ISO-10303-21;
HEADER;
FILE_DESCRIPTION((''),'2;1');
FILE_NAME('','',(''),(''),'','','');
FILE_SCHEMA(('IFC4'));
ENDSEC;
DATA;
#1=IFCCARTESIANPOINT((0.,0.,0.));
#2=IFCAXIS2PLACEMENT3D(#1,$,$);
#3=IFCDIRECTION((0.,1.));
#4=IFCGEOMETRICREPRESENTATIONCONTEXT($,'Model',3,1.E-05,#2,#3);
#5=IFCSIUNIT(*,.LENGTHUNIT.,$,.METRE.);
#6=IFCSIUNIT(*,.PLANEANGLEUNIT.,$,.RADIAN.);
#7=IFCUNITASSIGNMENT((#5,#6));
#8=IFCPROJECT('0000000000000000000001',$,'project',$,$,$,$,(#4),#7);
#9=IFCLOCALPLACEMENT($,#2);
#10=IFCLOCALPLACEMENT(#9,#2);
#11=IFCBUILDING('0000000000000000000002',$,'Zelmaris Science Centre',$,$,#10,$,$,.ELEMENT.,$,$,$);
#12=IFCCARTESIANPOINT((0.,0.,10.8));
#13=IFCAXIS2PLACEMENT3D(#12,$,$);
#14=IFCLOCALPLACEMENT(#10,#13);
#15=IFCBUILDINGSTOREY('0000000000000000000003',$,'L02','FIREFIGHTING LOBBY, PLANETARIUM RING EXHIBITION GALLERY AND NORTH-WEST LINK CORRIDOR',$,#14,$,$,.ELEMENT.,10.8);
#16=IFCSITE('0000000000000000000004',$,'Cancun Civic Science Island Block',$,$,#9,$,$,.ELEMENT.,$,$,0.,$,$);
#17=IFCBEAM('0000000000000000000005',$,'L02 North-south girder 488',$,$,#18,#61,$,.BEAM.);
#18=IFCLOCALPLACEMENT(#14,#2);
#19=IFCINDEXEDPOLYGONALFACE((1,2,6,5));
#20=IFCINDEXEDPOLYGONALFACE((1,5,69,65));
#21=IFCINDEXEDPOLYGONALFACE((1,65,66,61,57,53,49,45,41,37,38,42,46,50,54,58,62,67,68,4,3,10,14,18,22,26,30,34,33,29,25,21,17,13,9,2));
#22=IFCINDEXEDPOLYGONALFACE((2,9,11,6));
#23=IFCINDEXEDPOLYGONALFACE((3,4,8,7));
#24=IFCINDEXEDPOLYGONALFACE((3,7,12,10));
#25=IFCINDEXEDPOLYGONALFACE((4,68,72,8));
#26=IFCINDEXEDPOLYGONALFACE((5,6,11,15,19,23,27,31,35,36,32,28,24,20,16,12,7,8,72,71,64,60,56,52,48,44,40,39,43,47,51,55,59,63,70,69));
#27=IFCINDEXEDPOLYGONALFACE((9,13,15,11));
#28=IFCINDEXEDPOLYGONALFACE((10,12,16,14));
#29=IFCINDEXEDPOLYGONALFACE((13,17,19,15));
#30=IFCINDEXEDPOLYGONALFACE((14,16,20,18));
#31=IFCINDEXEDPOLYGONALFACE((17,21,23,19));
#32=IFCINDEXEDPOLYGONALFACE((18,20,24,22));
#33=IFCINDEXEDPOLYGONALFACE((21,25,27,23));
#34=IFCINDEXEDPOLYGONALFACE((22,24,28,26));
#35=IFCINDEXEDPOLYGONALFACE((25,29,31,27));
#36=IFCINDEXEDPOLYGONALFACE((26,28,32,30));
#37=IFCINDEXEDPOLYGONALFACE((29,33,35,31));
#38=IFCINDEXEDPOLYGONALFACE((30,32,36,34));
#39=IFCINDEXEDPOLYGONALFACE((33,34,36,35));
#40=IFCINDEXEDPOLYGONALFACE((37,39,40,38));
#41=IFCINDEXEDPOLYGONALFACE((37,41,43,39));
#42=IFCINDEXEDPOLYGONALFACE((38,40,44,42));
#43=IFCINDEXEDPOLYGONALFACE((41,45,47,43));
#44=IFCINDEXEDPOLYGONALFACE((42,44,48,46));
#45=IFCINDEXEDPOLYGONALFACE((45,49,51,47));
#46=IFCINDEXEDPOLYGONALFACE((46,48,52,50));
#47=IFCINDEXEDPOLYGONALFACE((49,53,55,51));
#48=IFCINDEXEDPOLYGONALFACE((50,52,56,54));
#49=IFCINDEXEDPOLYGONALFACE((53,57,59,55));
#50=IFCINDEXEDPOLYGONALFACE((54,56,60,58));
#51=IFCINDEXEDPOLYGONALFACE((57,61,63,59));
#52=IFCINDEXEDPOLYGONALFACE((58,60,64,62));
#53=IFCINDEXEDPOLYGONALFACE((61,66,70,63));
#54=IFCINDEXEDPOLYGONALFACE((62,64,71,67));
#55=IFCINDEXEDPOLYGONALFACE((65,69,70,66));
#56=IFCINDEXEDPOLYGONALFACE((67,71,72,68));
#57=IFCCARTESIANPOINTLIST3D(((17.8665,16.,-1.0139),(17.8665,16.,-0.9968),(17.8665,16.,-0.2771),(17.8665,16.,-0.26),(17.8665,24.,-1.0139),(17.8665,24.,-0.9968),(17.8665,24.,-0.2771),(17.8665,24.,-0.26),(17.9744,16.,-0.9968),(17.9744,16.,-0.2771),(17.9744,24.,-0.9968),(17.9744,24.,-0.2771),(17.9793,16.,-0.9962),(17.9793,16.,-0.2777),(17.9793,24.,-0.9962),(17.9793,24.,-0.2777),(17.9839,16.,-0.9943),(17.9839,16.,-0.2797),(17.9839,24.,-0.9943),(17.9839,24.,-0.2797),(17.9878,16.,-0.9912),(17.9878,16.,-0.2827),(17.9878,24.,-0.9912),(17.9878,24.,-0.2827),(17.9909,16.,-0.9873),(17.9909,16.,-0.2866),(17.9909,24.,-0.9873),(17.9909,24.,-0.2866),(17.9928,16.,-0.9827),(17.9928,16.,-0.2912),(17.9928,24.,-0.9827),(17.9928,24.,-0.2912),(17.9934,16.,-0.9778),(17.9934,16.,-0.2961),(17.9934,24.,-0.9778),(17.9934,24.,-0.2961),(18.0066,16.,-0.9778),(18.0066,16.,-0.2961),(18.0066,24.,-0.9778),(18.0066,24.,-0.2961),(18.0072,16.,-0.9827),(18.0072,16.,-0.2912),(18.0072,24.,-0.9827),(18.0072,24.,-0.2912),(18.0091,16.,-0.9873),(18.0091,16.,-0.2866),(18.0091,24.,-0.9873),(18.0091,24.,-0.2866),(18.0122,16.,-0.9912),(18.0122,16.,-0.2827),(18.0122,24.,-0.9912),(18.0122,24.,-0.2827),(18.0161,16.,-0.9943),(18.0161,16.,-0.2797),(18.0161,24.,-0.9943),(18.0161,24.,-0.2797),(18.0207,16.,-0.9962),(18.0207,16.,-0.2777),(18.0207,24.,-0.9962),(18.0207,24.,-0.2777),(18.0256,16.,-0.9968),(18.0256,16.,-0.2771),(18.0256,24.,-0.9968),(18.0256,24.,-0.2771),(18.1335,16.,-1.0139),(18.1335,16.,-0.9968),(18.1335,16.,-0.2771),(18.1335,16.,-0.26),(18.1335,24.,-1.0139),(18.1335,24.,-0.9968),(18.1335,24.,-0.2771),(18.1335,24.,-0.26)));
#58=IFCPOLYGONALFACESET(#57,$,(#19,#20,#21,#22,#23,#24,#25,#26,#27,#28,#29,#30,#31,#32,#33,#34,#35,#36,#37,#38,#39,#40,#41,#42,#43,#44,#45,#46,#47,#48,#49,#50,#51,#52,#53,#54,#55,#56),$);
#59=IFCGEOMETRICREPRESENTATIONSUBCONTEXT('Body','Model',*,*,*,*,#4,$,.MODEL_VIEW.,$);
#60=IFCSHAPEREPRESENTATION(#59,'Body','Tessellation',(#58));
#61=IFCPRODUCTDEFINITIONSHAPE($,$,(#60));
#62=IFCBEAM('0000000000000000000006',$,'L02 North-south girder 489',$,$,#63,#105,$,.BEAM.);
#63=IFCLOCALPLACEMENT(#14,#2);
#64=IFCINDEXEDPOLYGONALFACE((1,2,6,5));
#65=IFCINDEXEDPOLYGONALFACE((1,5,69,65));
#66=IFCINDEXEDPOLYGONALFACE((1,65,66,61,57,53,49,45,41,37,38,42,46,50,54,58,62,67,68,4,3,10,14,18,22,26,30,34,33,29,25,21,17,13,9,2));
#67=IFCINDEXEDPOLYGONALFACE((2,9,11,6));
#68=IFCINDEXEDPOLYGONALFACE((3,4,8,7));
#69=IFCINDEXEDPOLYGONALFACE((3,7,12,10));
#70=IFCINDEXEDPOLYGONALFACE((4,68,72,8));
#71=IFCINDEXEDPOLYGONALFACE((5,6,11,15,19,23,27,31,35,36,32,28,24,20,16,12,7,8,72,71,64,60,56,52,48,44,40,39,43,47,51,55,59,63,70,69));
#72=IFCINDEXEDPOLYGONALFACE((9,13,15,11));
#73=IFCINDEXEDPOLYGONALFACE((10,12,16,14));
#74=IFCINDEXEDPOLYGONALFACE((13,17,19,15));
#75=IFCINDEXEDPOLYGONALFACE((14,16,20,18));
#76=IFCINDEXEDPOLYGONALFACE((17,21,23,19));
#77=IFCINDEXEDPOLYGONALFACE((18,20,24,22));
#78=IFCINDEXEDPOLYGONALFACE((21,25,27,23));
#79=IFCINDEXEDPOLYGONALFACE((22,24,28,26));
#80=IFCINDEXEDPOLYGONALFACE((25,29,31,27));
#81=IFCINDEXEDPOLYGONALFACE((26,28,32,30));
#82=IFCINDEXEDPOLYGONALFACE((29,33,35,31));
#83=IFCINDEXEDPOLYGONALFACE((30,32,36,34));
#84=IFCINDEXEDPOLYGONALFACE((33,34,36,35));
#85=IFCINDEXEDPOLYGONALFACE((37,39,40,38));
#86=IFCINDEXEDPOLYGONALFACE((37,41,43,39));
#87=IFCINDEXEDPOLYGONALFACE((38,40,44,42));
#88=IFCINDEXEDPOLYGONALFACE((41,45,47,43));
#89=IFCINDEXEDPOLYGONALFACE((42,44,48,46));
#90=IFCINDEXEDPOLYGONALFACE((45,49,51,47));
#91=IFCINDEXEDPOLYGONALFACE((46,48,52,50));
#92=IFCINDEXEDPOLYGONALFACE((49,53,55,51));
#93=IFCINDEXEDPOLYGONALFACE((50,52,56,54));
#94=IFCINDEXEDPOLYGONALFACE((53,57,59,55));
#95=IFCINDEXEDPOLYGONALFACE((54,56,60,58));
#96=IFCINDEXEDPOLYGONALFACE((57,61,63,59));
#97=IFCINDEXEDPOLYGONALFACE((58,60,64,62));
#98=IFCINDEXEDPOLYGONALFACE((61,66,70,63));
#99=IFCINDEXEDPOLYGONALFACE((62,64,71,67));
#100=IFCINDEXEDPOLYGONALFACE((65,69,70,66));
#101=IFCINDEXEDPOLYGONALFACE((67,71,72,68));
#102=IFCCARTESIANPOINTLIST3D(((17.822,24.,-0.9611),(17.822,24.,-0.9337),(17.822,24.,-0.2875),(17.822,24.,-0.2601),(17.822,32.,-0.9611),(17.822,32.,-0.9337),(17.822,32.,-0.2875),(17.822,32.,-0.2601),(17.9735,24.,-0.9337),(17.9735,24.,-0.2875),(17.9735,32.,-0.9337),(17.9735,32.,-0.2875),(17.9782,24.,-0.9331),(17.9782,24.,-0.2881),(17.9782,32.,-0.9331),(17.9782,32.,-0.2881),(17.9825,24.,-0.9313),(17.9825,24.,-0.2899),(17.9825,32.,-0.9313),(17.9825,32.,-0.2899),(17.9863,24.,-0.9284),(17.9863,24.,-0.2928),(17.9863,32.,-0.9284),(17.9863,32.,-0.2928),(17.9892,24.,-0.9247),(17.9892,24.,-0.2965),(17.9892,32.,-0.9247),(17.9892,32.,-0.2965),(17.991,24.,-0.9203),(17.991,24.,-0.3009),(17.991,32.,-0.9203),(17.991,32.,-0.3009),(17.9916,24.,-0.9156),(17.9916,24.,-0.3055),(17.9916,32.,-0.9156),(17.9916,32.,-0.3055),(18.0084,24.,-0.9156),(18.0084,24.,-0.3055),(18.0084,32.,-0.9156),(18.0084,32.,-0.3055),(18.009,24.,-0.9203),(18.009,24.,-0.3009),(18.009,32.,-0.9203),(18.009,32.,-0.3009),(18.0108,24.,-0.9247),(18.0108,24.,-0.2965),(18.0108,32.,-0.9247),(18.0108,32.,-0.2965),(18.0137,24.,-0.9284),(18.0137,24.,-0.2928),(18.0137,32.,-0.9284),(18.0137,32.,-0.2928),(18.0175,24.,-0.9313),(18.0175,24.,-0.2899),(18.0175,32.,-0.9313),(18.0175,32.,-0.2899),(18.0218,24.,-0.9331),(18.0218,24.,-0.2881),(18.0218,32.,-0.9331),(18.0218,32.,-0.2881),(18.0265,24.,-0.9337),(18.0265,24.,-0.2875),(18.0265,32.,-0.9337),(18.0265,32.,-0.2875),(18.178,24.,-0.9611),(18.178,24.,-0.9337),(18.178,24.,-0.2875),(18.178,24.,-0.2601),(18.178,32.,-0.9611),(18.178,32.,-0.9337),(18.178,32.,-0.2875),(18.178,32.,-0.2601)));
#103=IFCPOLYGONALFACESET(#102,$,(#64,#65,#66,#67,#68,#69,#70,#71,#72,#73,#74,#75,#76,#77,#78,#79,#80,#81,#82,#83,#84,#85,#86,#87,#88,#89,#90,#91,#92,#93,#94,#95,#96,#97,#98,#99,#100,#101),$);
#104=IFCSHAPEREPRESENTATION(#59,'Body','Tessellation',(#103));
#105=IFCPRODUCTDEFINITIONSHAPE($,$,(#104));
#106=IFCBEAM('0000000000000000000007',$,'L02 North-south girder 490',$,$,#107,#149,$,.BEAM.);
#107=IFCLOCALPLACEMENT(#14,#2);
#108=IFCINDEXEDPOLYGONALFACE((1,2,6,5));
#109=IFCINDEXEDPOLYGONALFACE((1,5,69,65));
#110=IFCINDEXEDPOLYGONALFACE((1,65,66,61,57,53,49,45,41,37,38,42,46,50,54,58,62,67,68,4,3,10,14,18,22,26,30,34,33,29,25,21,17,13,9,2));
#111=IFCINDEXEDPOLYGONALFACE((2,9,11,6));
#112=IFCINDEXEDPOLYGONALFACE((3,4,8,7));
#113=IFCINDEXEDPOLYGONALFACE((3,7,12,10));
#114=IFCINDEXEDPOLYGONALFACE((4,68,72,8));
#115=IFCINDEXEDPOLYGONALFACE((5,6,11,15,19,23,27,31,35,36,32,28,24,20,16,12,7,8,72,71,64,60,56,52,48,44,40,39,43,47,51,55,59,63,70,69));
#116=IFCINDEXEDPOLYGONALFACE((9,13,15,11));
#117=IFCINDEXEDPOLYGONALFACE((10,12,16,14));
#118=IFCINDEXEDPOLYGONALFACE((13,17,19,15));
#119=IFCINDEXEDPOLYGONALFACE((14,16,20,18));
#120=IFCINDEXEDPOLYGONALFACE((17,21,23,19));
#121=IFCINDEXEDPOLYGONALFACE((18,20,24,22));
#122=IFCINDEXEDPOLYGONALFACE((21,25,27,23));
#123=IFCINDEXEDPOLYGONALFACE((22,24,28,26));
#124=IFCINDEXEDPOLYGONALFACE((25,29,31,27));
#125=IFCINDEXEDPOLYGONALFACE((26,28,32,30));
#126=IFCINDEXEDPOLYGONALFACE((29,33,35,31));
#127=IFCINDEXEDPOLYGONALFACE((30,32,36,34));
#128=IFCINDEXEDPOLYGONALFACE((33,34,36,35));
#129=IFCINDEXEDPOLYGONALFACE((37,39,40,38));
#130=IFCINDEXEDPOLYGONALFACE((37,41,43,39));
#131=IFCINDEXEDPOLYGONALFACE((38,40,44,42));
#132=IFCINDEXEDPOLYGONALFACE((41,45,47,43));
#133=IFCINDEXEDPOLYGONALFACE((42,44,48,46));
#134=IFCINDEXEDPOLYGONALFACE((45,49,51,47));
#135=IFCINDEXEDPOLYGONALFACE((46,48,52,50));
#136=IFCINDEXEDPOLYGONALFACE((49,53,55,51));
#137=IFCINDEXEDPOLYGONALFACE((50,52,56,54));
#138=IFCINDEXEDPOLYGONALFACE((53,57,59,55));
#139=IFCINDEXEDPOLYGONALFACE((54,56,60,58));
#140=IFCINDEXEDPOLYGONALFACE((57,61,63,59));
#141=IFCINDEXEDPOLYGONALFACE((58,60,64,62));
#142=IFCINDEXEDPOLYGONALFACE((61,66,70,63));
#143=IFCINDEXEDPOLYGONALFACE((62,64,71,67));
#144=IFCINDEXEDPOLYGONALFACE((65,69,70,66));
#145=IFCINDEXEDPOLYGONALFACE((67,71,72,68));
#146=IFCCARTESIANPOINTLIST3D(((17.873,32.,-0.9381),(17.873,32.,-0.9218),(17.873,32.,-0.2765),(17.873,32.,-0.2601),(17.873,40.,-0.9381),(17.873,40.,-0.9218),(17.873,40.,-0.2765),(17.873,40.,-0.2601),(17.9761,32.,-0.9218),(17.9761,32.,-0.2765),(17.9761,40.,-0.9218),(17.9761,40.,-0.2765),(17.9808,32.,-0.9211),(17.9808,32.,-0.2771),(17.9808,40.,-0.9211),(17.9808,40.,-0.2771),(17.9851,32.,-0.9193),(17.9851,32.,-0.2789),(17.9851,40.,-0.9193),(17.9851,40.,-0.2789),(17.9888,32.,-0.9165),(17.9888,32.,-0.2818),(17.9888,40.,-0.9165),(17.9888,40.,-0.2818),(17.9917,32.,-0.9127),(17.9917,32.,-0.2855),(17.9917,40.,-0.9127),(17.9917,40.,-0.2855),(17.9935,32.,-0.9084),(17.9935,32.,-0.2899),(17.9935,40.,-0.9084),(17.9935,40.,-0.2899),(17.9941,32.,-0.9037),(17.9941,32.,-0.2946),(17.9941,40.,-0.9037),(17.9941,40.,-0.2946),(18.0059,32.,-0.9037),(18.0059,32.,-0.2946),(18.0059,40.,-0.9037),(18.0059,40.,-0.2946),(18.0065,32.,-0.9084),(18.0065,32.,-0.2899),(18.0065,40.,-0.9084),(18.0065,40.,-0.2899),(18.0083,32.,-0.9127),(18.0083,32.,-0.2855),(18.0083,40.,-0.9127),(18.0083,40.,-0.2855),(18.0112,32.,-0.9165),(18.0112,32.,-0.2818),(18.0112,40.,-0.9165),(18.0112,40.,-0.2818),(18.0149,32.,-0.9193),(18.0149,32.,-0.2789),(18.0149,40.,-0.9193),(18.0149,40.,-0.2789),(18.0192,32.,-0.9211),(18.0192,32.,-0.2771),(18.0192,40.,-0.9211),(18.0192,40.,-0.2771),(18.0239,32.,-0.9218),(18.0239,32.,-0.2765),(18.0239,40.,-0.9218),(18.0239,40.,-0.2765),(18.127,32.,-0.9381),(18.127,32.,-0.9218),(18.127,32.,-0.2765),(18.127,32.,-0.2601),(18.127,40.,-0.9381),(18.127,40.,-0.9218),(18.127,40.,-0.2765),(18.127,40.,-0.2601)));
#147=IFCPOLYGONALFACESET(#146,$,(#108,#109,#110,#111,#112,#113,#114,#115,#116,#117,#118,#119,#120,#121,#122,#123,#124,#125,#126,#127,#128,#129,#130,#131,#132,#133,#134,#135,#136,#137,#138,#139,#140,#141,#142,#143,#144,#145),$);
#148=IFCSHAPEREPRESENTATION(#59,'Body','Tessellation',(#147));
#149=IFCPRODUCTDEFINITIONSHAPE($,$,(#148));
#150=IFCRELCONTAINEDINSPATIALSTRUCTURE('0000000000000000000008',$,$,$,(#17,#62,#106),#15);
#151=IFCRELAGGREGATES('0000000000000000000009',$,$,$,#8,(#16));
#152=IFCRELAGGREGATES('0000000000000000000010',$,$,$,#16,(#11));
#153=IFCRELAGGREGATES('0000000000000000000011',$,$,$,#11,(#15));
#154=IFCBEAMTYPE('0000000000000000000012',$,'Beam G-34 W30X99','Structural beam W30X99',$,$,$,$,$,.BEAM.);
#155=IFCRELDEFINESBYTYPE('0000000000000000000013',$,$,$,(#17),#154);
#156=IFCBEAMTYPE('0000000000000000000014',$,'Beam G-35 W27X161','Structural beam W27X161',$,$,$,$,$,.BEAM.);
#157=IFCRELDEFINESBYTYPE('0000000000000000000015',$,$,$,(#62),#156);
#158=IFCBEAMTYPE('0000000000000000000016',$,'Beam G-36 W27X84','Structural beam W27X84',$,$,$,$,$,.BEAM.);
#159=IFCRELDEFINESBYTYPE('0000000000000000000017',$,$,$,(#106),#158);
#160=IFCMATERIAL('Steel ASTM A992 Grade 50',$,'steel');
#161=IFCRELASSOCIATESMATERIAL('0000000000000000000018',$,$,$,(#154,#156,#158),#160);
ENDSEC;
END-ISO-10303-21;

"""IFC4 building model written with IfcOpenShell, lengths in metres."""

from ifc_helpers import new_model, si_unit, direction, frame, origin, origin_2d, place, context, subcontext, project, spatial, i_section, extrude, material, material_profile, profile_set, type_object, element, save


model = new_model("IFC4")

# Units and contexts
model_context = context("Model", 3, precision=1e-05, world=origin(), true_north=direction((0.0, 1.0)))
body_context = subcontext(model_context, "Body", "Model", "MODEL_VIEW")
ifc_project = project(units=[si_unit("LENGTHUNIT", "METRE"), si_unit("PLANEANGLEUNIT", "RADIAN")], contexts=[model_context])

# Site, building, storey
site_placement = place(None, origin())
site = spatial("IfcSite", under=ifc_project, at=site_placement, Name="Cancun Civic Science Island Block", CompositionType="ELEMENT", RefElevation=0.0)
building_placement = place(site_placement, origin())
building = spatial("IfcBuilding", under=site, at=building_placement, Name="Zelmaris Science Centre", CompositionType="ELEMENT")
storey_placement = place(building_placement, frame((0.0, 0.0, 10.8)))
storey = spatial("IfcBuildingStorey", under=building, at=storey_placement, Name="L02", Description="FIREFIGHTING LOBBY, PLANETARIUM RING EXHIBITION GALLERY AND NORTH-WEST LINK CORRIDOR", CompositionType="ELEMENT", Elevation=10.8)

# Shared definitions
ifc_material_1 = material(Name="Steel ASTM A992 Grade 50", Category="steel")

# Beams
ifc_material_profile_1 = material_profile(ifc_material_1, i_section(OverallWidth=0.2671, OverallDepth=0.7539, WebThickness=0.0132, FlangeThickness=0.0171, FilletRadius=0.019, at=origin_2d()), Name="W30X99")
ifc_profile_set_1 = profile_set([ifc_material_profile_1], Name="Steel ASTM A992 Grade 50")
beam_type_1 = type_object("IfcBeamType", Name="Beam G-34 W30X99", Description="Structural beam W30X99", PredefinedType="BEAM", material=ifc_profile_set_1)
beam_1_placement = place(storey_placement, frame((18.0, 16.0, -0.637), z_axis=(0.0, 1.0, 0.0), x_axis=(-1.0, 0.0, 0.0)))
element("IfcBeam", 1, at=beam_1_placement, inside=storey, type_object=beam_type_1, Name="L02 North-south girder 488", PredefinedType="BEAM", context=body_context, shape_type="SweptSolid", body=[
    extrude(i_section(OverallWidth=0.2671, OverallDepth=0.7539, WebThickness=0.0132, FlangeThickness=0.0171, FilletRadius=0.019, at=origin_2d()), origin(), (0.0, 0.0, 1.0), 8.0),
])
ifc_material_profile_2 = material_profile(ifc_material_1, i_section(OverallWidth=0.356, OverallDepth=0.7009, WebThickness=0.0168, FlangeThickness=0.0273, FilletRadius=0.0181, at=origin_2d()), Name="W27X161")
ifc_profile_set_2 = profile_set([ifc_material_profile_2], Name="Steel ASTM A992 Grade 50")
beam_type_2 = type_object("IfcBeamType", Name="Beam G-35 W27X161", Description="Structural beam W27X161", PredefinedType="BEAM", material=ifc_profile_set_2)
beam_2_placement = place(storey_placement, frame((18.0, 24.0, -0.6106), z_axis=(0.0, 1.0, 0.0), x_axis=(-1.0, 0.0, 0.0)))
element("IfcBeam", 2, at=beam_2_placement, inside=storey, type_object=beam_type_2, Name="L02 North-south girder 489", PredefinedType="BEAM", context=body_context, shape_type="SweptSolid", body=[
    extrude(i_section(OverallWidth=0.356, OverallDepth=0.7009, WebThickness=0.0168, FlangeThickness=0.0273, FilletRadius=0.0181, at=origin_2d()), origin(), (0.0, 0.0, 1.0), 8.0),
])
ifc_material_profile_3 = material_profile(ifc_material_1, i_section(OverallWidth=0.2539, OverallDepth=0.678, WebThickness=0.0117, FlangeThickness=0.0164, FilletRadius=0.0181, at=origin_2d()), Name="W27X84")
ifc_profile_set_3 = profile_set([ifc_material_profile_3], Name="Steel ASTM A992 Grade 50")
beam_type_3 = type_object("IfcBeamType", Name="Beam G-36 W27X84", Description="Structural beam W27X84", PredefinedType="BEAM", material=ifc_profile_set_3)
beam_3_placement = place(storey_placement, frame((18.0, 32.0, -0.5991), z_axis=(0.0, 1.0, 0.0), x_axis=(-1.0, 0.0, 0.0)))
element("IfcBeam", 3, at=beam_3_placement, inside=storey, type_object=beam_type_3, Name="L02 North-south girder 490", PredefinedType="BEAM", context=body_context, shape_type="SweptSolid", body=[
    extrude(i_section(OverallWidth=0.2539, OverallDepth=0.678, WebThickness=0.0117, FlangeThickness=0.0164, FilletRadius=0.0181, at=origin_2d()), origin(), (0.0, 0.0, 1.0), 8.0),
])

save(model, "model.ifc")
